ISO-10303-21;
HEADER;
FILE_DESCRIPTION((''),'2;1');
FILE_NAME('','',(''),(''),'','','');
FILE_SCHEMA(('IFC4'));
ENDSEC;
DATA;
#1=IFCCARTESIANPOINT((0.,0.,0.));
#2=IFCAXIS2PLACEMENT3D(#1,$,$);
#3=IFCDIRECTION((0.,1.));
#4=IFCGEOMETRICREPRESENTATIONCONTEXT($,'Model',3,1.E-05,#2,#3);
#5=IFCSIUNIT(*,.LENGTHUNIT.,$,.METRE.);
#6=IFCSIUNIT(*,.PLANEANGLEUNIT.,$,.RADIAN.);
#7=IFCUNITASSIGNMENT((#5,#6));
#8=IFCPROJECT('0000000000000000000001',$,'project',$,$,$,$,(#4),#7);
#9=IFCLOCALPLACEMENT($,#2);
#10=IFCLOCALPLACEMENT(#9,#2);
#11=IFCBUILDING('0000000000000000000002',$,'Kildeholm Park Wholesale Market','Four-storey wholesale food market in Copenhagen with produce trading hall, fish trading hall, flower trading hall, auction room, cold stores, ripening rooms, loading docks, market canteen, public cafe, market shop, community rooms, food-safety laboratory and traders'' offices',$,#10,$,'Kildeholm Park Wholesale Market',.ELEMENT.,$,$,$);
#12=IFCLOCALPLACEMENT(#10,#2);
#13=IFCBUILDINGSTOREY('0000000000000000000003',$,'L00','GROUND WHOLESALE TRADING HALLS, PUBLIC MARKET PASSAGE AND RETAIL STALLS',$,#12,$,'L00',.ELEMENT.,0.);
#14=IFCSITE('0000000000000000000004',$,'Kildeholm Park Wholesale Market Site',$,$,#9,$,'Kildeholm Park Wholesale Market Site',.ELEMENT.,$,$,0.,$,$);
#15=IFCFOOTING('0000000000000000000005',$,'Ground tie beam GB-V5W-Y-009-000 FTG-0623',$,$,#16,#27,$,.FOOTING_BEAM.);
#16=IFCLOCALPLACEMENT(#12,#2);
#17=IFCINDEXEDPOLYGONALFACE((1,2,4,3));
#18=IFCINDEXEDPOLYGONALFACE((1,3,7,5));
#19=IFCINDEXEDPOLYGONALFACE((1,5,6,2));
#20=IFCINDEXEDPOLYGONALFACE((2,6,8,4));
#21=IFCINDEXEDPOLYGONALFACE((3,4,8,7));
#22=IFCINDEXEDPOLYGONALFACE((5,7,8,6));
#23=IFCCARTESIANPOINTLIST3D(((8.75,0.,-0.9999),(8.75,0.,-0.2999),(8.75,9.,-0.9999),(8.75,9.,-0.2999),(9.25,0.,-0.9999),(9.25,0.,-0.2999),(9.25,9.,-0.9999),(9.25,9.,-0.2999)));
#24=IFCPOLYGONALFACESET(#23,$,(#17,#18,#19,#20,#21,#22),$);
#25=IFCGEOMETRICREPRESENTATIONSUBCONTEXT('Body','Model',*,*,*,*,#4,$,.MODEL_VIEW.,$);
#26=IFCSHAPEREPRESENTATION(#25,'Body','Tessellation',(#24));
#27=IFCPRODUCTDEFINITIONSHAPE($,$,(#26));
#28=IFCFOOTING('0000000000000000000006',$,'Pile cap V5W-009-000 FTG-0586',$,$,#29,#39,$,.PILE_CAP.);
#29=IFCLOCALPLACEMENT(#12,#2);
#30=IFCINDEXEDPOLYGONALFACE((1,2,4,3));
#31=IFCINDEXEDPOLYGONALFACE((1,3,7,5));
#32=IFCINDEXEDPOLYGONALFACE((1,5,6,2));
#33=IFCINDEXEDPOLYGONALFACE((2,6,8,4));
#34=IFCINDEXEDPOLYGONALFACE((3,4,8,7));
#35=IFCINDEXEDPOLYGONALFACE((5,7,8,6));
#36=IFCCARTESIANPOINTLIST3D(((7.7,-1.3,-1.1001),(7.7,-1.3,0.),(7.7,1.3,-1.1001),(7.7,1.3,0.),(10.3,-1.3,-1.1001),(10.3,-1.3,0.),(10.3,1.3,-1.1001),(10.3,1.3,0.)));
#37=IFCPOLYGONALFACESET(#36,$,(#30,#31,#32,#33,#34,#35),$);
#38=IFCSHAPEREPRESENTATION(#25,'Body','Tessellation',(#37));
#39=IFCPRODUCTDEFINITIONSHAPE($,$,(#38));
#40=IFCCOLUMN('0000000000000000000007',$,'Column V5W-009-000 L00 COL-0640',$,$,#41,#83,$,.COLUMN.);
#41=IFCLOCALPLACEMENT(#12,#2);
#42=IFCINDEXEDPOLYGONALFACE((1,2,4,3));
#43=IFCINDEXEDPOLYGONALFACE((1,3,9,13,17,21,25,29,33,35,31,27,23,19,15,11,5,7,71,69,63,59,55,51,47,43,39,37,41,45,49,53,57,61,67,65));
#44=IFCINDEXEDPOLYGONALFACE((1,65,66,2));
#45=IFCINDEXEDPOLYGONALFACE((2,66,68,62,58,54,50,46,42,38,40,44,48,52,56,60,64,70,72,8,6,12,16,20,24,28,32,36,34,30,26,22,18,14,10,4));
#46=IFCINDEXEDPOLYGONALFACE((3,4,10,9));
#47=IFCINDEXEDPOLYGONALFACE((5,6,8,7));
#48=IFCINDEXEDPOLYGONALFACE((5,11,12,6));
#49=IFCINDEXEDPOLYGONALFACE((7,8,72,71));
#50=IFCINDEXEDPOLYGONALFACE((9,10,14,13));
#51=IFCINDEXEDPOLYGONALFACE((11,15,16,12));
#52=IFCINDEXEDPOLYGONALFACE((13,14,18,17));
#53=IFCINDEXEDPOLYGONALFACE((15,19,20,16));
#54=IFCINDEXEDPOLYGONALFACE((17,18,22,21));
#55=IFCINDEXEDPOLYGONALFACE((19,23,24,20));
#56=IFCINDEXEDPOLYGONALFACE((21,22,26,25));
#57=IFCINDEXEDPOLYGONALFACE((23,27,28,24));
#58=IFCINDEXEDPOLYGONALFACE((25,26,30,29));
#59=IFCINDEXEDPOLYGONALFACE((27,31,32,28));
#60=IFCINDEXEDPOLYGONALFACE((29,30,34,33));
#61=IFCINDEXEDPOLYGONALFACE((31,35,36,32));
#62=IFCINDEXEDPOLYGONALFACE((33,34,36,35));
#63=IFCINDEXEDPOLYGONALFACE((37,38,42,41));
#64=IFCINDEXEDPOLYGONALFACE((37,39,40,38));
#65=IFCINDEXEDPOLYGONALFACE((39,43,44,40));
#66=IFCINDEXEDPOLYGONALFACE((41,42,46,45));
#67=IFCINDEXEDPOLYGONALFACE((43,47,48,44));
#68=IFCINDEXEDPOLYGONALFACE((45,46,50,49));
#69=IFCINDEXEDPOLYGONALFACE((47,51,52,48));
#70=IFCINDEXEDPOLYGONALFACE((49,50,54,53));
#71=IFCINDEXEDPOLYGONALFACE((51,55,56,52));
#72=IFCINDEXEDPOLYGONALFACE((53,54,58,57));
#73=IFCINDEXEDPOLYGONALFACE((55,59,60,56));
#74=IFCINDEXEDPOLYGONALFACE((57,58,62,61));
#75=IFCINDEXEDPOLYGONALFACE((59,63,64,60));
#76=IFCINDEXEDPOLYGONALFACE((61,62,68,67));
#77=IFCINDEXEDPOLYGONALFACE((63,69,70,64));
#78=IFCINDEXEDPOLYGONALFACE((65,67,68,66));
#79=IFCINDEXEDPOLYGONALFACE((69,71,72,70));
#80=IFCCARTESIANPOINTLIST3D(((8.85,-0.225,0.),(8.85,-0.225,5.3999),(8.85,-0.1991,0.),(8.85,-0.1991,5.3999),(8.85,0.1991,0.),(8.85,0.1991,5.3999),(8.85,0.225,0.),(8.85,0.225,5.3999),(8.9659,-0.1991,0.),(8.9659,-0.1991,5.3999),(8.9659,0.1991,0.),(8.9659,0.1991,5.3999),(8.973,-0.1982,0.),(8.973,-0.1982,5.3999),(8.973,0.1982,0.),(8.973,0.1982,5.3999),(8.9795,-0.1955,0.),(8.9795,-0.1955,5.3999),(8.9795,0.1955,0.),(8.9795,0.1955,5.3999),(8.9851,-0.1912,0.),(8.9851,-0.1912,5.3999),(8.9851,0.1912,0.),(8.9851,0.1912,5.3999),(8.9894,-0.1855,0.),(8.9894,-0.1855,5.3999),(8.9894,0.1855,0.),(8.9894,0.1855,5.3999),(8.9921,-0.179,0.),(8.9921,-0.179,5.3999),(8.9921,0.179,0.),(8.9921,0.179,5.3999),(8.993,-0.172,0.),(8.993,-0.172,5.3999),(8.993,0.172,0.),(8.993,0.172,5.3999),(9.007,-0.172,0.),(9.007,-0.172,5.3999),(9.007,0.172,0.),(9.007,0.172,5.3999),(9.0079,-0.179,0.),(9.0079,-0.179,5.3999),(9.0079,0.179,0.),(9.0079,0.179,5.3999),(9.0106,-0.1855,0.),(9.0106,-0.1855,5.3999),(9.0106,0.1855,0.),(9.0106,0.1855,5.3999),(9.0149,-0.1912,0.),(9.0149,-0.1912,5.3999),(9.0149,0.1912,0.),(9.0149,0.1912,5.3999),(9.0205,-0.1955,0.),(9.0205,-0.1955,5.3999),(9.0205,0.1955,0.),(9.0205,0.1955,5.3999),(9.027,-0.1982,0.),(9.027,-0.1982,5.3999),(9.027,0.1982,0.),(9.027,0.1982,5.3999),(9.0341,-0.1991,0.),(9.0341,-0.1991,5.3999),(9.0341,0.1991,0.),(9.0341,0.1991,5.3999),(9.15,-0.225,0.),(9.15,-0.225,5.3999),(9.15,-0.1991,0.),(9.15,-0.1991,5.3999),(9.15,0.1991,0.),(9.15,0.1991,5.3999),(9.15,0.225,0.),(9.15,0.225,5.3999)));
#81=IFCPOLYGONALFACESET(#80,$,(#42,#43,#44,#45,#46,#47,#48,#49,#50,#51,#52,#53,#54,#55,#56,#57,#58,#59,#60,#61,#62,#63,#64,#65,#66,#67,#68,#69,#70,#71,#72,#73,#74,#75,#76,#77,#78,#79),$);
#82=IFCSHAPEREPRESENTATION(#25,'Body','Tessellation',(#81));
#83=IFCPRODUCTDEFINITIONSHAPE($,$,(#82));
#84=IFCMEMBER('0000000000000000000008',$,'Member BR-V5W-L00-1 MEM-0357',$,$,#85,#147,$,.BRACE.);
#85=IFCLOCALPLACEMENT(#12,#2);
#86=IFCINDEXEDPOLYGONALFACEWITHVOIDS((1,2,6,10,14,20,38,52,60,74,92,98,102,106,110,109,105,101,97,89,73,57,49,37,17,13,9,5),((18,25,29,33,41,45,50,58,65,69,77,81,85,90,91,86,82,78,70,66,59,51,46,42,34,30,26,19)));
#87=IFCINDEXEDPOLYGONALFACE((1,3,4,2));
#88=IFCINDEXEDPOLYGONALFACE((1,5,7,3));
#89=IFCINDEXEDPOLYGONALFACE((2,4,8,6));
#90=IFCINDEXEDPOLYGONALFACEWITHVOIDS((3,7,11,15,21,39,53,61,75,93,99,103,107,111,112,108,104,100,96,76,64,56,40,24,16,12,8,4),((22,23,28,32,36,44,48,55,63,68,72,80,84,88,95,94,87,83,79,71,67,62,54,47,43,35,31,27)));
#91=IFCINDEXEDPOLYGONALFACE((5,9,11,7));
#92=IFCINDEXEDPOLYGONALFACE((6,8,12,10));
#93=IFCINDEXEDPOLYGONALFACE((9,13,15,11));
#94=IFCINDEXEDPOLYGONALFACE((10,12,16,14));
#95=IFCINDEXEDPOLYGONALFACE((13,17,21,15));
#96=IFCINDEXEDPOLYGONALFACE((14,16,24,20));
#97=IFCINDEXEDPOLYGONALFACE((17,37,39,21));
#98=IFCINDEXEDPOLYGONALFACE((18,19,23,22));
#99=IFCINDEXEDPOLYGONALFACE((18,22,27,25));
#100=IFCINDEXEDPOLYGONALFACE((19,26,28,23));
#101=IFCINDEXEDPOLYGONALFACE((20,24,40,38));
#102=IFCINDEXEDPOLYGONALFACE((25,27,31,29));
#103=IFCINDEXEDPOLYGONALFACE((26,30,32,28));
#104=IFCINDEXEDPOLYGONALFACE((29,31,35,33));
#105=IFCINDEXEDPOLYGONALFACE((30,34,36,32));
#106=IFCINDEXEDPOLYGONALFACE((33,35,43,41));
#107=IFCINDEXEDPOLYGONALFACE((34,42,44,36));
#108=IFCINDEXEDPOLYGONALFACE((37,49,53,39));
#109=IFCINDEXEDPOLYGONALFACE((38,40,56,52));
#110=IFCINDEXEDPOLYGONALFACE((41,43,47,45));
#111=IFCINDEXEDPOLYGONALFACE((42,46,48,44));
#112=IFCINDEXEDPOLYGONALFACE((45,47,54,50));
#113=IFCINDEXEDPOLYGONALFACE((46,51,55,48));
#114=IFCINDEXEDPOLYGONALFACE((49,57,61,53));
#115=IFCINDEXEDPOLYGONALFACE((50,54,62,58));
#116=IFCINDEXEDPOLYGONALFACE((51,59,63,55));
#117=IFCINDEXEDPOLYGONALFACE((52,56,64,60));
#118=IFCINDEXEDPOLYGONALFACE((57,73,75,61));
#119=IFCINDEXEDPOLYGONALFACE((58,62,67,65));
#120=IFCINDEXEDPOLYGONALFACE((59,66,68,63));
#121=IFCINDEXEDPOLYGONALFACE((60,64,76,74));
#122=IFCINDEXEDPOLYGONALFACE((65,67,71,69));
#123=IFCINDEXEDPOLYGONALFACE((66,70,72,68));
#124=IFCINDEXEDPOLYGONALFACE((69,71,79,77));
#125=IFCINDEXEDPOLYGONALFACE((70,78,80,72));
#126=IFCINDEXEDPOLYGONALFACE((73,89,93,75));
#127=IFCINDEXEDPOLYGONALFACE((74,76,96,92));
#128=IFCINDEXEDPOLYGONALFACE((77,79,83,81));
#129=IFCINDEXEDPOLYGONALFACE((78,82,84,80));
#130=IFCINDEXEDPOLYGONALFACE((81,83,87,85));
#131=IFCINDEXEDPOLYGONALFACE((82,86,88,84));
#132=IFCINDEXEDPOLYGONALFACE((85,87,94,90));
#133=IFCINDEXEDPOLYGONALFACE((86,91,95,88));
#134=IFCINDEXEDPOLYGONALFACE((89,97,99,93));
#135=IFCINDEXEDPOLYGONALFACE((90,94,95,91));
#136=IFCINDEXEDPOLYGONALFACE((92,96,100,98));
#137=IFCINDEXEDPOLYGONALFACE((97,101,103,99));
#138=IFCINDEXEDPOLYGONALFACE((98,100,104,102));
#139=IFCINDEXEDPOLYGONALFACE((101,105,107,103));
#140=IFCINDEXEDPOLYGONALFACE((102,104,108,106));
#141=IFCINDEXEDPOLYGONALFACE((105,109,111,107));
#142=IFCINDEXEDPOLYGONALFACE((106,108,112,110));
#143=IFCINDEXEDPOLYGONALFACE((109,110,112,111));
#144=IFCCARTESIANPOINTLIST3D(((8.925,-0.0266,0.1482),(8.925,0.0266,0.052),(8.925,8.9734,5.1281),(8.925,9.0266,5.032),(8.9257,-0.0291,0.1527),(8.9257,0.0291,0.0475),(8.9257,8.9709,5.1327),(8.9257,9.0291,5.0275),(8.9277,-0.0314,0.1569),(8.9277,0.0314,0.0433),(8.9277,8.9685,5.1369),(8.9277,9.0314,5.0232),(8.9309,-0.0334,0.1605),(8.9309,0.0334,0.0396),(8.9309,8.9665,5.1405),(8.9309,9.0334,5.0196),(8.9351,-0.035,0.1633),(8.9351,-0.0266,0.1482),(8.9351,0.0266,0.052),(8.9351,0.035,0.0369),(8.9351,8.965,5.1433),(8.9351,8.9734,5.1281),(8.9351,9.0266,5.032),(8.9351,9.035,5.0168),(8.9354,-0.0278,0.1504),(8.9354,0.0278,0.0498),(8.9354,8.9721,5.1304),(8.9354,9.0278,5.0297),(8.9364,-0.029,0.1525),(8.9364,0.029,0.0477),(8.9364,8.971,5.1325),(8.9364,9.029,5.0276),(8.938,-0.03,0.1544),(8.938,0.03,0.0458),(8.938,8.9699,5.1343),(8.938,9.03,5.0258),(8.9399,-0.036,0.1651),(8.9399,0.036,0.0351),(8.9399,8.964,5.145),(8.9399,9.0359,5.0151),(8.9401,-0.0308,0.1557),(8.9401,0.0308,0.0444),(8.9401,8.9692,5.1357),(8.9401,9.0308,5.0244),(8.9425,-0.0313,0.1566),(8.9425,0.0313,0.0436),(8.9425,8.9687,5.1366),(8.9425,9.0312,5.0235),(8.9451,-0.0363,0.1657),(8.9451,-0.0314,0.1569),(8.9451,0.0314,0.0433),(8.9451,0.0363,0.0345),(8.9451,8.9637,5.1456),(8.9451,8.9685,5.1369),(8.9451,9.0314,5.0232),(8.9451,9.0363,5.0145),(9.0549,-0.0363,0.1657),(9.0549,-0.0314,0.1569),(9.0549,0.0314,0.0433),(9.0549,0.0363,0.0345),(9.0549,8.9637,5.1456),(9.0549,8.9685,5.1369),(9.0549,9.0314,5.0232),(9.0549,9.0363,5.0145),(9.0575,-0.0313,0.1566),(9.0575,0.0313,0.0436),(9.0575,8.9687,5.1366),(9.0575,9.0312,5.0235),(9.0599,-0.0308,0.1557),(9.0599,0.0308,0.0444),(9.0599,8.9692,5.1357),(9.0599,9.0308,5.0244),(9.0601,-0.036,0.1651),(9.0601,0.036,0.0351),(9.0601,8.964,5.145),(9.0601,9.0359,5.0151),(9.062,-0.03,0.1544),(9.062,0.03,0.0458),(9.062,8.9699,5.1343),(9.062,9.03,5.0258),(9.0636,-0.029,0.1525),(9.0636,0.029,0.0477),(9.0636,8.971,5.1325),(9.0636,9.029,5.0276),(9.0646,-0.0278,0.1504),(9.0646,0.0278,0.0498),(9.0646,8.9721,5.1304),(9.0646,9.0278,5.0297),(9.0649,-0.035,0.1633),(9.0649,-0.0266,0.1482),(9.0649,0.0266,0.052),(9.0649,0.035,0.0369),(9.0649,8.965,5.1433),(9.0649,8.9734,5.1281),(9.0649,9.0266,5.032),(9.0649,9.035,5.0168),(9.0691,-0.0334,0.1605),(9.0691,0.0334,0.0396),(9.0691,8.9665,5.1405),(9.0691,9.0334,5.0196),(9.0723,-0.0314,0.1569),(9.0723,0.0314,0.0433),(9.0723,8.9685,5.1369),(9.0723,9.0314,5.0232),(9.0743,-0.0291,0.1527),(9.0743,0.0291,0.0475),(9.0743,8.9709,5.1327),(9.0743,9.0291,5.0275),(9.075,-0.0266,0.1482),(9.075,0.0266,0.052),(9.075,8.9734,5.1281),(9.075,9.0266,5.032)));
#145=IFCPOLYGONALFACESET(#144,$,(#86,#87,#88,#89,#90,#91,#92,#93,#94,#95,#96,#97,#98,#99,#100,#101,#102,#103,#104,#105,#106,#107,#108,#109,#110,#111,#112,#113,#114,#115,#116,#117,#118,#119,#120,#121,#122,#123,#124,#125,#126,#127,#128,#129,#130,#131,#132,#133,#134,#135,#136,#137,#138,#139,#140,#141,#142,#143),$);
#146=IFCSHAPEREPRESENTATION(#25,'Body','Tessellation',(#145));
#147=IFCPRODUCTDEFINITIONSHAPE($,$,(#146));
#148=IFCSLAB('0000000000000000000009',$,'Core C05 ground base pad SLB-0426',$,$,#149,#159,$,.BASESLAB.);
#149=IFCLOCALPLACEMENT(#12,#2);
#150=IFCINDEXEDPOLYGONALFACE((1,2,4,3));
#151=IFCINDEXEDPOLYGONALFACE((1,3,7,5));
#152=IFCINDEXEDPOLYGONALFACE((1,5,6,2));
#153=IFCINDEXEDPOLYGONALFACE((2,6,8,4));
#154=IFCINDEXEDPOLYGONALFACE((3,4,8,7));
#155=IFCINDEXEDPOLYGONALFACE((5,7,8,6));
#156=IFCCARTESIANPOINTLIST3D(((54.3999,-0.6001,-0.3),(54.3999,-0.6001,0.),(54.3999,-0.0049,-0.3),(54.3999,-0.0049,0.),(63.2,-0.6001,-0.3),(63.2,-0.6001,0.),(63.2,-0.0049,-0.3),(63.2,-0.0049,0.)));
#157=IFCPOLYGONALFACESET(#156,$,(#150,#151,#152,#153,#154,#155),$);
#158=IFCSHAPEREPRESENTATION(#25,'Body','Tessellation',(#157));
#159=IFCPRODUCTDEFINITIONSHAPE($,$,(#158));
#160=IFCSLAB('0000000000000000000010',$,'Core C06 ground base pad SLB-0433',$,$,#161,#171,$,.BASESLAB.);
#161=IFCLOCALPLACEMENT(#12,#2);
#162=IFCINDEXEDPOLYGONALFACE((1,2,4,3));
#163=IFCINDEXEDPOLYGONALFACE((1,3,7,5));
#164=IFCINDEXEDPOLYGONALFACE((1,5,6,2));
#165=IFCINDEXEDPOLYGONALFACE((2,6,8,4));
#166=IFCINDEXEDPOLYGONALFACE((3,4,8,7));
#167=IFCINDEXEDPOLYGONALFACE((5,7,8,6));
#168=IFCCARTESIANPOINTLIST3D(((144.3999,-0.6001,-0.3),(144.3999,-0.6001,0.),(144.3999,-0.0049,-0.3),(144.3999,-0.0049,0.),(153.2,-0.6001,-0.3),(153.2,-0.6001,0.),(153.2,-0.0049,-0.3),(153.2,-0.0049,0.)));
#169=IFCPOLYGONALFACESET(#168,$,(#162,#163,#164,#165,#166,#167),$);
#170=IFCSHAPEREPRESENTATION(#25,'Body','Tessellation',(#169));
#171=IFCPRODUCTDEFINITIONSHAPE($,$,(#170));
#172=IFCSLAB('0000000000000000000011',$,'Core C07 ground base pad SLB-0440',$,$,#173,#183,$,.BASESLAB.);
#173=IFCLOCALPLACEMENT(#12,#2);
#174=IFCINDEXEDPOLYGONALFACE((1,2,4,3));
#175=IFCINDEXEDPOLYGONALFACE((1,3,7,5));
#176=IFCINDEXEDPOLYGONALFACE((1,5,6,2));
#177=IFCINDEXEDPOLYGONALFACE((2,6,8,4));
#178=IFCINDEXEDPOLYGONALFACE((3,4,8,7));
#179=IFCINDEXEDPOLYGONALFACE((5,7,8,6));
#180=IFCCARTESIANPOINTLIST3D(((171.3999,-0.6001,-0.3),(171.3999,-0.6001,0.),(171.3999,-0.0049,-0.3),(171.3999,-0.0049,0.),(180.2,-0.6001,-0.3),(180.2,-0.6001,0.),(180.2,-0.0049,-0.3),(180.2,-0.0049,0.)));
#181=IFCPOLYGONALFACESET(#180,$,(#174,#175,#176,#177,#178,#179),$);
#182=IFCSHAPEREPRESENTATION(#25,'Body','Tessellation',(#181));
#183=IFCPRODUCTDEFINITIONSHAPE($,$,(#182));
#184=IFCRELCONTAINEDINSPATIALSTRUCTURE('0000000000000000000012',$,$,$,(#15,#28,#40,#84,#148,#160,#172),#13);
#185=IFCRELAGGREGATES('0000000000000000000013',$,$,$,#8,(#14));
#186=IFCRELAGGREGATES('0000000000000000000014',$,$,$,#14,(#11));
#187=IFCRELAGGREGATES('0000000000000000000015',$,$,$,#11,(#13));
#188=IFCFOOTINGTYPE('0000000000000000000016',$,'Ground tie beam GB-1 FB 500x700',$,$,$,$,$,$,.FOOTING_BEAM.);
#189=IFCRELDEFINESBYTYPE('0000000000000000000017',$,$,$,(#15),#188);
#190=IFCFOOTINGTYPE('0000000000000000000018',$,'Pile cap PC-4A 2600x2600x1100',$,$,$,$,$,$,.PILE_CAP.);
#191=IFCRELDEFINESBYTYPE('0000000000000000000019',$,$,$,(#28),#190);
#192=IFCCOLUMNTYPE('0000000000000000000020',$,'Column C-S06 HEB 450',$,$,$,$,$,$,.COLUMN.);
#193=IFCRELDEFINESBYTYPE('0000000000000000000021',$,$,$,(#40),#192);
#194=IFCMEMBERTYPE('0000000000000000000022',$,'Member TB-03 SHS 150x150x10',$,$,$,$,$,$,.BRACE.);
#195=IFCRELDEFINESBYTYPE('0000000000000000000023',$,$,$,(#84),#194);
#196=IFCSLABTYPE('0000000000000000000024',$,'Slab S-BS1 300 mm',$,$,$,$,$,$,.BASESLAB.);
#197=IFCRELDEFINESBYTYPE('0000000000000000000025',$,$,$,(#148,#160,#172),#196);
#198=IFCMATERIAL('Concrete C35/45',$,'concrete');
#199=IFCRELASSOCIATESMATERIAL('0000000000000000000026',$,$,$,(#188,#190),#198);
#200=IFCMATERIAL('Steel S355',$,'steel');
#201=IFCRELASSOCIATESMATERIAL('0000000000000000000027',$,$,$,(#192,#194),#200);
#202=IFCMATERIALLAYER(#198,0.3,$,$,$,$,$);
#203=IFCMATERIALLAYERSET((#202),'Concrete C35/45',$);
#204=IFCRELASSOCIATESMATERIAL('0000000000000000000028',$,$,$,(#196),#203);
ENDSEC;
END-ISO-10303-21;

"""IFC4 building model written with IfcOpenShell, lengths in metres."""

from ifc_helpers import new_model, si_unit, direction, frame, origin, origin_2d, place, context, subcontext, project, spatial, polyline, rectangle, hollow_rectangle, i_section, outline, extrude, material, layer, layer_set, material_profile, profile_set, type_object, element, save


model = new_model("IFC4")

# Units and contexts
model_context = context("Model", 3, precision=1e-05, world=origin(), true_north=direction((0.0, 1.0)))
body_context = subcontext(model_context, "Body", "Model", "MODEL_VIEW")
ifc_project = project(units=[si_unit("LENGTHUNIT", "METRE"), si_unit("PLANEANGLEUNIT", "RADIAN")], contexts=[model_context])

# Site, building, storey
site_placement = place(None, origin())
site = spatial("IfcSite", under=ifc_project, at=site_placement, Name="Kildeholm Park Wholesale Market Site", LongName="Kildeholm Park Wholesale Market Site", CompositionType="ELEMENT", RefElevation=0.0)
building_placement = place(site_placement, origin())
building = spatial("IfcBuilding", under=site, at=building_placement, Name="Kildeholm Park Wholesale Market", Description="Four-storey wholesale food market in Copenhagen with produce trading hall, fish trading hall, flower trading hall, auction room, cold stores, ripening rooms, loading docks, market canteen, public cafe, market shop, community rooms, food-safety laboratory and traders' offices", LongName="Kildeholm Park Wholesale Market", CompositionType="ELEMENT")
storey_placement = place(building_placement, origin())
storey = spatial("IfcBuildingStorey", under=building, at=storey_placement, Name="L00", Description="GROUND WHOLESALE TRADING HALLS, PUBLIC MARKET PASSAGE AND RETAIL STALLS", LongName="L00", CompositionType="ELEMENT", Elevation=0.0)

# Shared definitions
ifc_material_1 = material(Name="Concrete C35/45", Category="concrete")

# Footings
ifc_material_profile_1 = material_profile(ifc_material_1, rectangle(XDim=0.5, YDim=0.7, at=origin_2d()), Name="FB 500x700")
ifc_profile_set_1 = profile_set([ifc_material_profile_1], Name="Concrete C35/45")
footing_type_1 = type_object("IfcFootingType", Name="Ground tie beam GB-1 FB 500x700", PredefinedType="FOOTING_BEAM", material=ifc_profile_set_1)
for number, where, z_axis, x_axis, name in (
    (1, (9.0, 0.0, -0.6499), (0.0, 1.0, 0.0), (-1.0, 0.0, 0.0), "Ground tie beam GB-V5W-Y-009-000 FTG-0623"),
):
    element("IfcFooting", number, at=place(storey_placement, frame(where, z_axis=z_axis, x_axis=x_axis)), inside=storey, type_object=footing_type_1, Name=name, PredefinedType="FOOTING_BEAM", context=body_context, shape_type="SweptSolid", body=[
        extrude(rectangle(XDim=0.5, YDim=0.7, at=origin_2d()), origin(), (0.0, 0.0, 1.0), 9.0),
    ])
footing_type_2 = type_object("IfcFootingType", Name="Pile cap PC-4A 2600x2600x1100", PredefinedType="PILE_CAP", material=ifc_material_1)
footing_placement = place(storey_placement, frame((9.0, 0.0, -1.1001), z_axis=(0.0, 0.0, 1.0), x_axis=(1.0, 0.0, 0.0)))
element("IfcFooting", 2, at=footing_placement, inside=storey, type_object=footing_type_2, Name="Pile cap V5W-009-000 FTG-0586", PredefinedType="PILE_CAP", context=body_context, shape_type="SweptSolid", body=[
    extrude(rectangle(XDim=2.6001, YDim=2.6001, at=origin_2d()), origin(), (0.0, 0.0, 1.0), 1.1001),
])

# Column
ifc_material_2 = material(Name="Steel S355", Category="steel")
ifc_material_profile_2 = material_profile(ifc_material_2, i_section(OverallWidth=0.3, OverallDepth=0.45, WebThickness=0.0139, FlangeThickness=0.0259, FilletRadius=0.0271, at=origin_2d()), Name="HEB 450")
ifc_profile_set_2 = profile_set([ifc_material_profile_2], Name="Steel S355")
column_type = type_object("IfcColumnType", Name="Column C-S06 HEB 450", PredefinedType="COLUMN", material=ifc_profile_set_2)
column_placement = place(storey_placement, frame((9.0, 0.0, 0.0), z_axis=(0.0, 0.0, 1.0), x_axis=(1.0, 0.0, 0.0)))
element("IfcColumn", 3, at=column_placement, inside=storey, type_object=column_type, Name="Column V5W-009-000 L00 COL-0640", PredefinedType="COLUMN", context=body_context, shape_type="SweptSolid", body=[
    extrude(i_section(OverallWidth=0.3, OverallDepth=0.45, WebThickness=0.0139, FlangeThickness=0.0259, FilletRadius=0.0271, at=origin_2d()), origin(), (0.0, 0.0, 1.0), 5.3999),
])

# Member
ifc_material_profile_3 = material_profile(ifc_material_2, hollow_rectangle(XDim=0.1499, YDim=0.1499, WallThickness=0.01, InnerFilletRadius=0.01, OuterFilletRadius=0.02, at=origin_2d()), Name="SHS 150x150x10")
ifc_profile_set_3 = profile_set([ifc_material_profile_3], Name="Steel S355")
member_type = type_object("IfcMemberType", Name="Member TB-03 SHS 150x150x10", PredefinedType="BRACE", material=ifc_profile_set_3)
member_placement = place(storey_placement, frame((9.0, 0.0, 0.1001), z_axis=(0.0, 0.874982, 0.484155), x_axis=(-1.0, 0.0, 0.0)))
element("IfcMember", 4, at=member_placement, inside=storey, type_object=member_type, Name="Member BR-V5W-L00-1 MEM-0357", PredefinedType="BRACE", context=body_context, shape_type="SweptSolid", body=[
    extrude(hollow_rectangle(XDim=0.1499, YDim=0.1499, WallThickness=0.01, InnerFilletRadius=0.01, OuterFilletRadius=0.02, at=origin_2d()), origin(), (0.0, 0.0, 1.0), 10.2859),
])

# Slabs
ifc_layer_1 = layer(ifc_material_1, 0.3)
ifc_layer_set_1 = layer_set([ifc_layer_1], Name="Concrete C35/45")
slab_type_1 = type_object("IfcSlabType", Name="Slab S-BS1 300 mm", PredefinedType="BASESLAB", material=ifc_layer_set_1)
slab_1_placement = place(storey_placement, frame((0.0, 0.0, -0.3)))
element("IfcSlab", 5, at=slab_1_placement, inside=storey, type_object=slab_type_1, Name="Core C05 ground base pad SLB-0426", PredefinedType="BASESLAB", context=body_context, shape_type="SweptSolid", body=[
    extrude(outline(polyline([(63.2, -0.6001), (54.3999, -0.6001), (54.3999, -0.0049), (63.2, -0.0049), (63.2, -0.6001)])), origin(), (0.0, 0.0, 1.0), 0.3),
])
slab_2_placement = place(storey_placement, frame((0.0, 0.0, -0.3)))
element("IfcSlab", 6, at=slab_2_placement, inside=storey, type_object=slab_type_1, Name="Core C06 ground base pad SLB-0433", PredefinedType="BASESLAB", context=body_context, shape_type="SweptSolid", body=[
    extrude(outline(polyline([(153.2, -0.6001), (144.3999, -0.6001), (144.3999, -0.0049), (153.2, -0.0049), (153.2, -0.6001)])), origin(), (0.0, 0.0, 1.0), 0.3),
])
slab_3_placement = place(storey_placement, frame((0.0, 0.0, -0.3)))
element("IfcSlab", 7, at=slab_3_placement, inside=storey, type_object=slab_type_1, Name="Core C07 ground base pad SLB-0440", PredefinedType="BASESLAB", context=body_context, shape_type="SweptSolid", body=[
    extrude(outline(polyline([(180.2, -0.6001), (171.3999, -0.6001), (171.3999, -0.0049), (180.2, -0.0049), (180.2, -0.6001)])), origin(), (0.0, 0.0, 1.0), 0.3),
])

save(model, "model.ifc")
